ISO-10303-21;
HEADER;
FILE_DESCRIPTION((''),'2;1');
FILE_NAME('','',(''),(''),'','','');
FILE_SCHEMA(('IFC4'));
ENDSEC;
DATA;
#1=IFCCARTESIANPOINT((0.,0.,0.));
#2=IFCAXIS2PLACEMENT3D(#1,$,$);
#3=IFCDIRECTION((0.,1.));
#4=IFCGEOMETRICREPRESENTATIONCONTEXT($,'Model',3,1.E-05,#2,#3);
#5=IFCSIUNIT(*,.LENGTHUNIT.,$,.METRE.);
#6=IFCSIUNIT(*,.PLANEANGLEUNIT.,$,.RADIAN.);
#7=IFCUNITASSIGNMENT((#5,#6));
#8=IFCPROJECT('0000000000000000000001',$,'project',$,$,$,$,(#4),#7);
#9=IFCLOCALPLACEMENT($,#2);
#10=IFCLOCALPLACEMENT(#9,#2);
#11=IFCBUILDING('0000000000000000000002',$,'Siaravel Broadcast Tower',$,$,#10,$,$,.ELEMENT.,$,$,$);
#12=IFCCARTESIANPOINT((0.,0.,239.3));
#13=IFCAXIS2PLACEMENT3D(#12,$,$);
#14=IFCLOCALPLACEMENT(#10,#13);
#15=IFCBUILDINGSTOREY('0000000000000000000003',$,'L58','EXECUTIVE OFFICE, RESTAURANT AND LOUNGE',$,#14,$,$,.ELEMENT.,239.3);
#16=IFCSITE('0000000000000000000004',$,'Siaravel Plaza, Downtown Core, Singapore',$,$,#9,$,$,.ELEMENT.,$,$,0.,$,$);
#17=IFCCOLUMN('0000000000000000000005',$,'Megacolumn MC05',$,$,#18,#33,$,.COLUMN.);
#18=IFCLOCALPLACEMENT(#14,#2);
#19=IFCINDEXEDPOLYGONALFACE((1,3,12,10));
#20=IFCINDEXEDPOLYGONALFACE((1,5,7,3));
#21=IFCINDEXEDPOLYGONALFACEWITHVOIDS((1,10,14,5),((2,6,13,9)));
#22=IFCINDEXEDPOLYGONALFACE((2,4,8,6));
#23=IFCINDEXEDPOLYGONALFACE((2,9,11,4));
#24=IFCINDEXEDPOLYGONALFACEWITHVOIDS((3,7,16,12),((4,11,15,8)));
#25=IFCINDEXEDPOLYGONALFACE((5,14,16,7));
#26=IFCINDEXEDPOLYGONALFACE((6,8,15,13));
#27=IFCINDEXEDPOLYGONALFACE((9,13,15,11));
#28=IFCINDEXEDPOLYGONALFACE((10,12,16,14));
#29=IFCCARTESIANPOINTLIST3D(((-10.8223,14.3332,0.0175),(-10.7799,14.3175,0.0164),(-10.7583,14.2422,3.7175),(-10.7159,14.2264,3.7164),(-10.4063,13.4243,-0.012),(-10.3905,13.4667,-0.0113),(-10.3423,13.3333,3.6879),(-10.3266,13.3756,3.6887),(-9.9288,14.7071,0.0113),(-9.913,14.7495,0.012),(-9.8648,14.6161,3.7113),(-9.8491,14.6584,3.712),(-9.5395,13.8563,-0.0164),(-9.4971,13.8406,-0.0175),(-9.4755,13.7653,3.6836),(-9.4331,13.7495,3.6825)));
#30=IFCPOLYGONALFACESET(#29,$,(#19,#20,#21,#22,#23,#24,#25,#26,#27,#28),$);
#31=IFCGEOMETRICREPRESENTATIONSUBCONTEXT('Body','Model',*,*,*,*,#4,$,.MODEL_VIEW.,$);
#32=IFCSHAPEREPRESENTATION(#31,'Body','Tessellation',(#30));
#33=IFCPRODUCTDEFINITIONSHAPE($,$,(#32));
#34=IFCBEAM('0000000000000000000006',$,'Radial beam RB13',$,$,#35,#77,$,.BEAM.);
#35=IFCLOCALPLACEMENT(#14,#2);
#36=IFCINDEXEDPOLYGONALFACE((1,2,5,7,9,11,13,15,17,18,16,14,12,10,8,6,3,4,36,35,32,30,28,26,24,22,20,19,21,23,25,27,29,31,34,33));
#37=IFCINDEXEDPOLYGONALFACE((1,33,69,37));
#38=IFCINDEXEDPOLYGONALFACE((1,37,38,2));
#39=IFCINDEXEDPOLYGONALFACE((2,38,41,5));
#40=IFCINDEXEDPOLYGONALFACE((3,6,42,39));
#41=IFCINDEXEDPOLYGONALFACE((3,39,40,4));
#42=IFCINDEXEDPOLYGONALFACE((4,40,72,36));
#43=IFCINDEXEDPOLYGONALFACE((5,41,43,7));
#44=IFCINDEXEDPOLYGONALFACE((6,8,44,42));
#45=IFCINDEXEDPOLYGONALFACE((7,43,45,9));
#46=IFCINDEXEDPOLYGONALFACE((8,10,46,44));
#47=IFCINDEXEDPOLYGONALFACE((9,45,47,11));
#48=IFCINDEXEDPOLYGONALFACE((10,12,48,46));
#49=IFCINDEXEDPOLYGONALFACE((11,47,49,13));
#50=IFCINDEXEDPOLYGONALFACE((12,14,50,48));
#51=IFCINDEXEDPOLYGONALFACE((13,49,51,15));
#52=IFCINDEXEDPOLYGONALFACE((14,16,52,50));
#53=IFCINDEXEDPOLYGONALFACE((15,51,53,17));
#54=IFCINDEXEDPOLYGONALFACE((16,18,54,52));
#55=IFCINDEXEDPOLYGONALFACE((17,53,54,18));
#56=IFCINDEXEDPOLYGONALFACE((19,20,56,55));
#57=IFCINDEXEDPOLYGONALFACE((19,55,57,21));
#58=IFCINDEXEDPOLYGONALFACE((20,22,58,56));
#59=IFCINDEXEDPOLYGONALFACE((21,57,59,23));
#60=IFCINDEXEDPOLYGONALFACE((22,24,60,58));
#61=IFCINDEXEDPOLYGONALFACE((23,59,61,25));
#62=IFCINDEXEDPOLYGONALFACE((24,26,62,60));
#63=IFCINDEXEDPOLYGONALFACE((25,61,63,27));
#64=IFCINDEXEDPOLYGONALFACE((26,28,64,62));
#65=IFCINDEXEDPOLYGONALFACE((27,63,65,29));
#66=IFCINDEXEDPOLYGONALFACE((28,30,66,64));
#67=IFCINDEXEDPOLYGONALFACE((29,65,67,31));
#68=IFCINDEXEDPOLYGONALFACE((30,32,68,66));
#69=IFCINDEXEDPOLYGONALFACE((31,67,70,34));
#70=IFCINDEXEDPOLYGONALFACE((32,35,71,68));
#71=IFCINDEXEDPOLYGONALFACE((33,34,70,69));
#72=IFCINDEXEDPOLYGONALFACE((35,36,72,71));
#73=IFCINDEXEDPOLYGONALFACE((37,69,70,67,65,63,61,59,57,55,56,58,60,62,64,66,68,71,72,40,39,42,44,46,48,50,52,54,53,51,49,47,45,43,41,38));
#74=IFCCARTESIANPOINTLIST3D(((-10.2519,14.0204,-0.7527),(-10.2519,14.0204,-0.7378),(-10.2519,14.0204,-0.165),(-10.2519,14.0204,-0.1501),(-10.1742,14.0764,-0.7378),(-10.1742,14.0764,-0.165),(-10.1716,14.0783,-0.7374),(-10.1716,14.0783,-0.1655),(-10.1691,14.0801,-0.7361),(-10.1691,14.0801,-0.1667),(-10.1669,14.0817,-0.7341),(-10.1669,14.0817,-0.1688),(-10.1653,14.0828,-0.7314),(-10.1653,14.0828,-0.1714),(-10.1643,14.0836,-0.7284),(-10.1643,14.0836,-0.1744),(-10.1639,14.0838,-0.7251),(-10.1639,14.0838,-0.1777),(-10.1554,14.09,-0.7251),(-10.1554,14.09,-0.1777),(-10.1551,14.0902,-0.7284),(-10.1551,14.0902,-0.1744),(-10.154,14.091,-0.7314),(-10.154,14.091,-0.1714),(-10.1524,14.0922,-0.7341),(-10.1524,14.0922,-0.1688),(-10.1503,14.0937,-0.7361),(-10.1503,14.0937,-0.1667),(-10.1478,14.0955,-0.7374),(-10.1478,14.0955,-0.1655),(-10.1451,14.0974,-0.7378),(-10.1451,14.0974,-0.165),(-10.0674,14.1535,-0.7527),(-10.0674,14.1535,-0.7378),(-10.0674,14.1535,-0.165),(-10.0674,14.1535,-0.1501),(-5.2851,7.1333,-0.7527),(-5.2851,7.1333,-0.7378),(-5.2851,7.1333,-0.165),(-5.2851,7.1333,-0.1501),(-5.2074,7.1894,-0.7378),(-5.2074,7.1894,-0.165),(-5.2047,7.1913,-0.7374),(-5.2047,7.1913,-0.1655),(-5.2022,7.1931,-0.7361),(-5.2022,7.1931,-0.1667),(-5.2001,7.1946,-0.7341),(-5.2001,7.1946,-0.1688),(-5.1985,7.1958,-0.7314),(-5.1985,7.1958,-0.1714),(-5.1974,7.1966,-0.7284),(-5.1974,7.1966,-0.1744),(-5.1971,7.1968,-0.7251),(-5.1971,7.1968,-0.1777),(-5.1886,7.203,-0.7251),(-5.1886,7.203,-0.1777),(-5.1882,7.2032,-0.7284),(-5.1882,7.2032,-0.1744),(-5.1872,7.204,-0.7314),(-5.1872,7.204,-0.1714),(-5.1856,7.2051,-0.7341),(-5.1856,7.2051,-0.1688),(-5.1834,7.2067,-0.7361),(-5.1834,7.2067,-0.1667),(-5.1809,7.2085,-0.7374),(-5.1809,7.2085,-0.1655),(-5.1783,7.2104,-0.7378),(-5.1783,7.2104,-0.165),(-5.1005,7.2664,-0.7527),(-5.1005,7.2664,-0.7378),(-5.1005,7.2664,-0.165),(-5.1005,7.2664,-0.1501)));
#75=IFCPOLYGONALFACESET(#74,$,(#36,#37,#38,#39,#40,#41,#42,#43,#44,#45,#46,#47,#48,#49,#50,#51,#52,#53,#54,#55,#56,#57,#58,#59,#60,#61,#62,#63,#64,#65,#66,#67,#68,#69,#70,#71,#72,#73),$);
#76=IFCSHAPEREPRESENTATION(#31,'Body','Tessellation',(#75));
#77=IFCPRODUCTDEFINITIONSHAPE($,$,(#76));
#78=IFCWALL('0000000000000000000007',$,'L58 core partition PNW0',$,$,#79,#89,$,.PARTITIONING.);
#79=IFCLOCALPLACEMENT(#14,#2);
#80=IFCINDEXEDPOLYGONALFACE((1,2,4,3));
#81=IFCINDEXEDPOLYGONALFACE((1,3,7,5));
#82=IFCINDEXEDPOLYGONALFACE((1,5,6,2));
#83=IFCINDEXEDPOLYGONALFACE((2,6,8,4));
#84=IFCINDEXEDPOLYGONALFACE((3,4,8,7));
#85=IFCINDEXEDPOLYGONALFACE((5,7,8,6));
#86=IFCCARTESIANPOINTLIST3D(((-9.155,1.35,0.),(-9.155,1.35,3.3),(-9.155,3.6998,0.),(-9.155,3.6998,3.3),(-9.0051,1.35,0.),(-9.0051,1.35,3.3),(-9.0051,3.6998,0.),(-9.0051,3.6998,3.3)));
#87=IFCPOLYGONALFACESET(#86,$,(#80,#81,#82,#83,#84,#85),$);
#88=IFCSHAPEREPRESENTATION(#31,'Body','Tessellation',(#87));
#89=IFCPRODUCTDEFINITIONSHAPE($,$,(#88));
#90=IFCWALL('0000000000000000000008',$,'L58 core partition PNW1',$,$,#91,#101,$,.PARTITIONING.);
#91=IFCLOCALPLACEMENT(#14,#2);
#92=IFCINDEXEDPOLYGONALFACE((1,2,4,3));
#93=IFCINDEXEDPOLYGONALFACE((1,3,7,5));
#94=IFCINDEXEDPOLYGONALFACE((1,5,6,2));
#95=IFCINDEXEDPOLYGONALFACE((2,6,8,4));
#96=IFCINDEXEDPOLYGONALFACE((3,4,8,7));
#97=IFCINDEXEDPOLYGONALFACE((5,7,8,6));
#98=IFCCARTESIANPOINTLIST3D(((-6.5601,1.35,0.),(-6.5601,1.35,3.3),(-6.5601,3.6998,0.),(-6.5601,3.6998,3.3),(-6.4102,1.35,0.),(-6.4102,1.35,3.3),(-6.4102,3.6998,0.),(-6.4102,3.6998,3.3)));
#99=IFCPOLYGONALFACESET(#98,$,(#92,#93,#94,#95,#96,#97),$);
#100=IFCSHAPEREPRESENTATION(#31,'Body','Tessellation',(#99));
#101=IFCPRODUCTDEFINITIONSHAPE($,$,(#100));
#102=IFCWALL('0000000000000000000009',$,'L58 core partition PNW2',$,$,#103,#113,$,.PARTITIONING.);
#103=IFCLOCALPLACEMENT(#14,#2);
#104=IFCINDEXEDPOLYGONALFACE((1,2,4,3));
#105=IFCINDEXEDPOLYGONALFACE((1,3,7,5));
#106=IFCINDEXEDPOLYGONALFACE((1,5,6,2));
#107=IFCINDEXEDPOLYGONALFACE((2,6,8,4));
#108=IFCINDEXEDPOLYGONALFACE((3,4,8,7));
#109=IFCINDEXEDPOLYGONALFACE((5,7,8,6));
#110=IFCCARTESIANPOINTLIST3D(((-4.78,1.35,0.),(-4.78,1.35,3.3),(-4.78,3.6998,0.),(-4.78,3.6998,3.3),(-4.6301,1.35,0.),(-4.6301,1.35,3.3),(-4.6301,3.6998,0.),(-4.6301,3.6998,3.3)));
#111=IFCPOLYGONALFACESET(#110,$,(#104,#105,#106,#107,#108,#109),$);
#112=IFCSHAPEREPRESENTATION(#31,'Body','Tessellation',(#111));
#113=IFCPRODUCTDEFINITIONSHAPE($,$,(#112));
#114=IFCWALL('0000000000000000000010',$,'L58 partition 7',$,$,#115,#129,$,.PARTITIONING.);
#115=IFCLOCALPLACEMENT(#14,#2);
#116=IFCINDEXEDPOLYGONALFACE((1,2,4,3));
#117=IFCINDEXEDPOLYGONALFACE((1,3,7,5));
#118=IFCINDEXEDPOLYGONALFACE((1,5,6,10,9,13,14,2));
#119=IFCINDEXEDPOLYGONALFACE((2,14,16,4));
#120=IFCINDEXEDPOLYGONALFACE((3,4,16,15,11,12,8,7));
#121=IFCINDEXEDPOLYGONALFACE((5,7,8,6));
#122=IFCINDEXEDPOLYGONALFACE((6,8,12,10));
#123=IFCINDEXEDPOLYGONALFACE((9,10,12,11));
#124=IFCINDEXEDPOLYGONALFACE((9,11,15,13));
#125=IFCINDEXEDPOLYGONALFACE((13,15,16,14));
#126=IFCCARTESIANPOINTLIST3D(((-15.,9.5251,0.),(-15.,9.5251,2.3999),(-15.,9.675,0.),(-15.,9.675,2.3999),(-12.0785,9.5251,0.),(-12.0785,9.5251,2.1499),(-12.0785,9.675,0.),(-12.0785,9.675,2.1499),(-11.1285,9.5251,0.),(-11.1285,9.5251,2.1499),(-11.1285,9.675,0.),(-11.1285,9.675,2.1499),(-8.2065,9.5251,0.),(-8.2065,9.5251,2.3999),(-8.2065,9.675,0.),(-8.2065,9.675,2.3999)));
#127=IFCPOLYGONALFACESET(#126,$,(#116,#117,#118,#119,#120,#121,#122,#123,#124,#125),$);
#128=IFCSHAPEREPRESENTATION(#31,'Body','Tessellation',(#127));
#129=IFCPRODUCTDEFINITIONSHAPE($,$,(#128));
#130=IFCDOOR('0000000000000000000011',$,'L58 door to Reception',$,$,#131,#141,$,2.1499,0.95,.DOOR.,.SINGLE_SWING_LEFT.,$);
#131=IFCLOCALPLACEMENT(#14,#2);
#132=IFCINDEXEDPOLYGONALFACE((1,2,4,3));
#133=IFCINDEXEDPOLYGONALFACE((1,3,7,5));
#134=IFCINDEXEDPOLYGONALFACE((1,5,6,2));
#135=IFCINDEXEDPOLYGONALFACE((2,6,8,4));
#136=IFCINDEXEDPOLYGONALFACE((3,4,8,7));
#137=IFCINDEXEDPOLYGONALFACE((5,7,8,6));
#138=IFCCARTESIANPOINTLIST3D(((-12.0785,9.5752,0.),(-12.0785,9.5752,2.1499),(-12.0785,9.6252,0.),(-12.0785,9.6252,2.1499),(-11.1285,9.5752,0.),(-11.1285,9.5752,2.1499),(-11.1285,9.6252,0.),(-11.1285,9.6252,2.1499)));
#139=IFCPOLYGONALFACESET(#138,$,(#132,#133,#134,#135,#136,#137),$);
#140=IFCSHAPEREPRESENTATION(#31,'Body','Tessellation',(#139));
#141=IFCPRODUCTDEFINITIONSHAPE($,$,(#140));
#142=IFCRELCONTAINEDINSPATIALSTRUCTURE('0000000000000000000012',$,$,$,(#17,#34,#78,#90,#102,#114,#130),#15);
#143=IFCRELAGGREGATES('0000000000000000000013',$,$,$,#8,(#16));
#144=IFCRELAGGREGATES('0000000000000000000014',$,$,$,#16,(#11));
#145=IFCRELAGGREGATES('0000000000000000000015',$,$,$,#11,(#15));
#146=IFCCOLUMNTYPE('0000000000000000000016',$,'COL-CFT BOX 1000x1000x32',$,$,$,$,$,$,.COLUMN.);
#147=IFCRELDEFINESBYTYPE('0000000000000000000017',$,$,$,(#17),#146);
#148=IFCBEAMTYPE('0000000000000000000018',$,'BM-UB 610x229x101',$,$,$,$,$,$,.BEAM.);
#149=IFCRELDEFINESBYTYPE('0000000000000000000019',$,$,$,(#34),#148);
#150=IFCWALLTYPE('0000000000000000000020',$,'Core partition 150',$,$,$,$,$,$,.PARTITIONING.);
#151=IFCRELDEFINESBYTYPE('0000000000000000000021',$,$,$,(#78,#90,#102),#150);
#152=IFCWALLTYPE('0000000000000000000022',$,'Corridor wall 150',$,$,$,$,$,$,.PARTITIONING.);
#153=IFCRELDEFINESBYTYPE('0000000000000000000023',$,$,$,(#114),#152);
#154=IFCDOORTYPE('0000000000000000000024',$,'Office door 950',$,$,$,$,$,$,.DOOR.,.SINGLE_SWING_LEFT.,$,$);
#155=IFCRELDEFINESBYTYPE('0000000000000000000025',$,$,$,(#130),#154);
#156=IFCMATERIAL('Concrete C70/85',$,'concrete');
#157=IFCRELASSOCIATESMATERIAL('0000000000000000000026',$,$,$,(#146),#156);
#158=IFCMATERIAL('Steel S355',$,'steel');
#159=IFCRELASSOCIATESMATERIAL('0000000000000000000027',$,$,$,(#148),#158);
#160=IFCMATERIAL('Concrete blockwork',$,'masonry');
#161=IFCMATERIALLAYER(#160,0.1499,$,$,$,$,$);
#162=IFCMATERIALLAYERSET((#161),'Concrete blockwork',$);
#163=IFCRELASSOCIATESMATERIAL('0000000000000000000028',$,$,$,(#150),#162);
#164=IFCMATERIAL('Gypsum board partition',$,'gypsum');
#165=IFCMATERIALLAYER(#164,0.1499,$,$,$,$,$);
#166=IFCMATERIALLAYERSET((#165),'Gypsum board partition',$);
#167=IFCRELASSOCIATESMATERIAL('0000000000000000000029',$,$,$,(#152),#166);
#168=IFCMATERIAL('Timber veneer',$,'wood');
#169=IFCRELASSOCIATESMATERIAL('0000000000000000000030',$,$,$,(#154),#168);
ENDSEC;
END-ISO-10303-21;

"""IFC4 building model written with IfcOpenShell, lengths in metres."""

from ifc_helpers import new_model, si_unit, direction, frame, frame_2d, origin, origin_2d, place, context, subcontext, project, spatial, rectangle, hollow_rectangle, i_section, extrude, material, layer, layer_set, material_profile, profile_set, type_object, element, fill, save


model = new_model("IFC4")

# Units and contexts
model_context = context("Model", 3, precision=1e-05, world=origin(), true_north=direction((0.0, 1.0)))
body_context = subcontext(model_context, "Body", "Model", "MODEL_VIEW")
ifc_project = project(units=[si_unit("LENGTHUNIT", "METRE"), si_unit("PLANEANGLEUNIT", "RADIAN")], contexts=[model_context])

# Site, building, storey
site_placement = place(None, origin())
site = spatial("IfcSite", under=ifc_project, at=site_placement, Name="Siaravel Plaza, Downtown Core, Singapore", CompositionType="ELEMENT", RefElevation=0.0)
building_placement = place(site_placement, origin())
building = spatial("IfcBuilding", under=site, at=building_placement, Name="Siaravel Broadcast Tower", CompositionType="ELEMENT")
storey_placement = place(building_placement, frame((0.0, 0.0, 239.3)))
storey = spatial("IfcBuildingStorey", under=building, at=storey_placement, Name="L58", Description="EXECUTIVE OFFICE, RESTAURANT AND LOUNGE", CompositionType="ELEMENT", Elevation=239.3)

# Column
ifc_material_1 = material(Name="Concrete C70/85", Category="concrete")
ifc_material_profile_1 = material_profile(ifc_material_1, hollow_rectangle(XDim=1.0, YDim=1.0, WallThickness=0.032, at=origin_2d()))
ifc_profile_set_1 = profile_set([ifc_material_profile_1], Name="Concrete C70/85")
column_type = type_object("IfcColumnType", Name="COL-CFT BOX 1000x1000x32", PredefinedType="COLUMN", material=ifc_profile_set_1)
column_placement = place(storey_placement, frame((-10.1597, 14.0869, 0.0), z_axis=(0.01728, -0.024601, 0.999548), x_axis=(0.909227, 0.416264, -0.005474)))
element("IfcColumn", 1, at=column_placement, inside=storey, type_object=column_type, Name="Megacolumn MC05", PredefinedType="COLUMN", context=body_context, shape_type="SweptSolid", body=[
    extrude(hollow_rectangle(XDim=1.0, YDim=1.0, WallThickness=0.032, at=origin_2d()), origin(), (0.0, 0.0, 1.0), 3.7017),
])

# Beam
ifc_material_2 = material(Name="Steel S355", Category="steel")
ifc_material_profile_2 = material_profile(ifc_material_2, i_section(OverallWidth=0.2275, OverallDepth=0.6025, WebThickness=0.0105, FlangeThickness=0.0149, FilletRadius=0.0127, at=origin_2d()))
ifc_profile_set_2 = profile_set([ifc_material_profile_2], Name="Steel S355")
beam_type = type_object("IfcBeamType", Name="BM-UB 610x229x101", PredefinedType="BEAM", material=ifc_profile_set_2)
beam_placement = place(storey_placement, frame((-10.1597, 14.0869, -0.4514), z_axis=(0.584939, -0.811077, 0.0), x_axis=(0.811077, 0.584939, 0.0)))
element("IfcBeam", 2, at=beam_placement, inside=storey, type_object=beam_type, Name="Radial beam RB13", PredefinedType="BEAM", context=body_context, shape_type="SweptSolid", body=[
    extrude(i_section(OverallWidth=0.2275, OverallDepth=0.6025, WebThickness=0.0105, FlangeThickness=0.0149, FilletRadius=0.0127, at=origin_2d()), origin(), (0.0, 0.0, 1.0), 8.4912),
])

# Walls
ifc_material_3 = material(Name="Concrete blockwork", Category="masonry")
ifc_layer_1 = layer(ifc_material_3, 0.1499)
ifc_layer_set_1 = layer_set([ifc_layer_1], Name="Concrete blockwork")
wall_type_1 = type_object("IfcWallType", Name="Core partition 150", PredefinedType="PARTITIONING", material=ifc_layer_set_1)
for number, where, z_axis, x_axis, name in (
    (3, (-9.0801, 1.3501, 0.0), (0.0, 0.0, 1.0), (0.0, 1.0, 0.0), "L58 core partition PNW0"),
    (4, (-6.4851, 1.3501, 0.0), (0.0, 0.0, 1.0), (0.0, 1.0, 0.0), "L58 core partition PNW1"),
    (5, (-4.7051, 1.3501, 0.0), (0.0, 0.0, 1.0), (0.0, 1.0, 0.0), "L58 core partition PNW2"),
):
    element("IfcWall", number, at=place(storey_placement, frame(where, z_axis=z_axis, x_axis=x_axis)), inside=storey, type_object=wall_type_1, Name=name, PredefinedType="PARTITIONING", context=body_context, shape_type="SweptSolid", body=[
        extrude(rectangle(XDim=2.3499, YDim=0.1499, at=frame_2d((1.1748, 0.0))), origin(), (0.0, 0.0, 1.0), 3.3),
    ])

# Wall, opening, door
ifc_material_4 = material(Name="Gypsum board partition", Category="gypsum")
ifc_layer_2 = layer(ifc_material_4, 0.1499)
ifc_layer_set_2 = layer_set([ifc_layer_2], Name="Gypsum board partition")
wall_type_2 = type_object("IfcWallType", Name="Corridor wall 150", PredefinedType="PARTITIONING", material=ifc_layer_set_2)
wall_1_placement = place(storey_placement, frame((-8.2065, 9.6001, 0.0), z_axis=(0.0, 0.0, 1.0), x_axis=(-1.0, 0.0, 0.0)))
wall_1 = element("IfcWall", 6, at=wall_1_placement, inside=storey, type_object=wall_type_2, Name="L58 partition 7", PredefinedType="PARTITIONING", context=body_context, shape_type="SweptSolid", body=[
    extrude(rectangle(XDim=6.7935, YDim=0.1499, at=frame_2d((3.3967, 0.0))), origin(), (0.0, 0.0, 1.0), 2.3999),
])
opening_1_placement = place(wall_1_placement, frame((2.9219, 0.0, 0.0)))
opening_1 = element("IfcOpeningElement", 7, at=opening_1_placement, cuts=wall_1, PredefinedType="OPENING", context=body_context, shape_type="SweptSolid", body=[
    extrude(rectangle(XDim=0.95, YDim=2.1499, at=frame_2d((0.4751, 1.075))), frame((0.0, 0.085, 0.0), z_axis=(0.0, -1.0, 0.0), x_axis=(1.0, 0.0, 0.0)), (0.0, 0.0, 1.0), 0.1699),
])
ifc_material_5 = material(Name="Timber veneer", Category="wood")
door_type_1 = type_object("IfcDoorType", Name="Office door 950", OperationType="SINGLE_SWING_LEFT", PredefinedType="DOOR", material=ifc_material_5)
door_1_placement = place(opening_1_placement, origin())
door_1 = element("IfcDoor", 8, at=door_1_placement, inside=storey, type_object=door_type_1, Name="L58 door to Reception", OperationType="SINGLE_SWING_LEFT", OverallHeight=2.1499, OverallWidth=0.95, PredefinedType="DOOR", context=body_context, shape_type="SweptSolid", body=[
    extrude(rectangle(XDim=0.95, YDim=2.1499, at=frame_2d((0.4751, 1.075))), frame((0.0, 0.0249, 0.0), z_axis=(0.0, -1.0, 0.0), x_axis=(1.0, 0.0, 0.0)), (0.0, 0.0, 1.0), 0.05),
])
fill(opening_1, door_1)

save(model, "model.ifc")
